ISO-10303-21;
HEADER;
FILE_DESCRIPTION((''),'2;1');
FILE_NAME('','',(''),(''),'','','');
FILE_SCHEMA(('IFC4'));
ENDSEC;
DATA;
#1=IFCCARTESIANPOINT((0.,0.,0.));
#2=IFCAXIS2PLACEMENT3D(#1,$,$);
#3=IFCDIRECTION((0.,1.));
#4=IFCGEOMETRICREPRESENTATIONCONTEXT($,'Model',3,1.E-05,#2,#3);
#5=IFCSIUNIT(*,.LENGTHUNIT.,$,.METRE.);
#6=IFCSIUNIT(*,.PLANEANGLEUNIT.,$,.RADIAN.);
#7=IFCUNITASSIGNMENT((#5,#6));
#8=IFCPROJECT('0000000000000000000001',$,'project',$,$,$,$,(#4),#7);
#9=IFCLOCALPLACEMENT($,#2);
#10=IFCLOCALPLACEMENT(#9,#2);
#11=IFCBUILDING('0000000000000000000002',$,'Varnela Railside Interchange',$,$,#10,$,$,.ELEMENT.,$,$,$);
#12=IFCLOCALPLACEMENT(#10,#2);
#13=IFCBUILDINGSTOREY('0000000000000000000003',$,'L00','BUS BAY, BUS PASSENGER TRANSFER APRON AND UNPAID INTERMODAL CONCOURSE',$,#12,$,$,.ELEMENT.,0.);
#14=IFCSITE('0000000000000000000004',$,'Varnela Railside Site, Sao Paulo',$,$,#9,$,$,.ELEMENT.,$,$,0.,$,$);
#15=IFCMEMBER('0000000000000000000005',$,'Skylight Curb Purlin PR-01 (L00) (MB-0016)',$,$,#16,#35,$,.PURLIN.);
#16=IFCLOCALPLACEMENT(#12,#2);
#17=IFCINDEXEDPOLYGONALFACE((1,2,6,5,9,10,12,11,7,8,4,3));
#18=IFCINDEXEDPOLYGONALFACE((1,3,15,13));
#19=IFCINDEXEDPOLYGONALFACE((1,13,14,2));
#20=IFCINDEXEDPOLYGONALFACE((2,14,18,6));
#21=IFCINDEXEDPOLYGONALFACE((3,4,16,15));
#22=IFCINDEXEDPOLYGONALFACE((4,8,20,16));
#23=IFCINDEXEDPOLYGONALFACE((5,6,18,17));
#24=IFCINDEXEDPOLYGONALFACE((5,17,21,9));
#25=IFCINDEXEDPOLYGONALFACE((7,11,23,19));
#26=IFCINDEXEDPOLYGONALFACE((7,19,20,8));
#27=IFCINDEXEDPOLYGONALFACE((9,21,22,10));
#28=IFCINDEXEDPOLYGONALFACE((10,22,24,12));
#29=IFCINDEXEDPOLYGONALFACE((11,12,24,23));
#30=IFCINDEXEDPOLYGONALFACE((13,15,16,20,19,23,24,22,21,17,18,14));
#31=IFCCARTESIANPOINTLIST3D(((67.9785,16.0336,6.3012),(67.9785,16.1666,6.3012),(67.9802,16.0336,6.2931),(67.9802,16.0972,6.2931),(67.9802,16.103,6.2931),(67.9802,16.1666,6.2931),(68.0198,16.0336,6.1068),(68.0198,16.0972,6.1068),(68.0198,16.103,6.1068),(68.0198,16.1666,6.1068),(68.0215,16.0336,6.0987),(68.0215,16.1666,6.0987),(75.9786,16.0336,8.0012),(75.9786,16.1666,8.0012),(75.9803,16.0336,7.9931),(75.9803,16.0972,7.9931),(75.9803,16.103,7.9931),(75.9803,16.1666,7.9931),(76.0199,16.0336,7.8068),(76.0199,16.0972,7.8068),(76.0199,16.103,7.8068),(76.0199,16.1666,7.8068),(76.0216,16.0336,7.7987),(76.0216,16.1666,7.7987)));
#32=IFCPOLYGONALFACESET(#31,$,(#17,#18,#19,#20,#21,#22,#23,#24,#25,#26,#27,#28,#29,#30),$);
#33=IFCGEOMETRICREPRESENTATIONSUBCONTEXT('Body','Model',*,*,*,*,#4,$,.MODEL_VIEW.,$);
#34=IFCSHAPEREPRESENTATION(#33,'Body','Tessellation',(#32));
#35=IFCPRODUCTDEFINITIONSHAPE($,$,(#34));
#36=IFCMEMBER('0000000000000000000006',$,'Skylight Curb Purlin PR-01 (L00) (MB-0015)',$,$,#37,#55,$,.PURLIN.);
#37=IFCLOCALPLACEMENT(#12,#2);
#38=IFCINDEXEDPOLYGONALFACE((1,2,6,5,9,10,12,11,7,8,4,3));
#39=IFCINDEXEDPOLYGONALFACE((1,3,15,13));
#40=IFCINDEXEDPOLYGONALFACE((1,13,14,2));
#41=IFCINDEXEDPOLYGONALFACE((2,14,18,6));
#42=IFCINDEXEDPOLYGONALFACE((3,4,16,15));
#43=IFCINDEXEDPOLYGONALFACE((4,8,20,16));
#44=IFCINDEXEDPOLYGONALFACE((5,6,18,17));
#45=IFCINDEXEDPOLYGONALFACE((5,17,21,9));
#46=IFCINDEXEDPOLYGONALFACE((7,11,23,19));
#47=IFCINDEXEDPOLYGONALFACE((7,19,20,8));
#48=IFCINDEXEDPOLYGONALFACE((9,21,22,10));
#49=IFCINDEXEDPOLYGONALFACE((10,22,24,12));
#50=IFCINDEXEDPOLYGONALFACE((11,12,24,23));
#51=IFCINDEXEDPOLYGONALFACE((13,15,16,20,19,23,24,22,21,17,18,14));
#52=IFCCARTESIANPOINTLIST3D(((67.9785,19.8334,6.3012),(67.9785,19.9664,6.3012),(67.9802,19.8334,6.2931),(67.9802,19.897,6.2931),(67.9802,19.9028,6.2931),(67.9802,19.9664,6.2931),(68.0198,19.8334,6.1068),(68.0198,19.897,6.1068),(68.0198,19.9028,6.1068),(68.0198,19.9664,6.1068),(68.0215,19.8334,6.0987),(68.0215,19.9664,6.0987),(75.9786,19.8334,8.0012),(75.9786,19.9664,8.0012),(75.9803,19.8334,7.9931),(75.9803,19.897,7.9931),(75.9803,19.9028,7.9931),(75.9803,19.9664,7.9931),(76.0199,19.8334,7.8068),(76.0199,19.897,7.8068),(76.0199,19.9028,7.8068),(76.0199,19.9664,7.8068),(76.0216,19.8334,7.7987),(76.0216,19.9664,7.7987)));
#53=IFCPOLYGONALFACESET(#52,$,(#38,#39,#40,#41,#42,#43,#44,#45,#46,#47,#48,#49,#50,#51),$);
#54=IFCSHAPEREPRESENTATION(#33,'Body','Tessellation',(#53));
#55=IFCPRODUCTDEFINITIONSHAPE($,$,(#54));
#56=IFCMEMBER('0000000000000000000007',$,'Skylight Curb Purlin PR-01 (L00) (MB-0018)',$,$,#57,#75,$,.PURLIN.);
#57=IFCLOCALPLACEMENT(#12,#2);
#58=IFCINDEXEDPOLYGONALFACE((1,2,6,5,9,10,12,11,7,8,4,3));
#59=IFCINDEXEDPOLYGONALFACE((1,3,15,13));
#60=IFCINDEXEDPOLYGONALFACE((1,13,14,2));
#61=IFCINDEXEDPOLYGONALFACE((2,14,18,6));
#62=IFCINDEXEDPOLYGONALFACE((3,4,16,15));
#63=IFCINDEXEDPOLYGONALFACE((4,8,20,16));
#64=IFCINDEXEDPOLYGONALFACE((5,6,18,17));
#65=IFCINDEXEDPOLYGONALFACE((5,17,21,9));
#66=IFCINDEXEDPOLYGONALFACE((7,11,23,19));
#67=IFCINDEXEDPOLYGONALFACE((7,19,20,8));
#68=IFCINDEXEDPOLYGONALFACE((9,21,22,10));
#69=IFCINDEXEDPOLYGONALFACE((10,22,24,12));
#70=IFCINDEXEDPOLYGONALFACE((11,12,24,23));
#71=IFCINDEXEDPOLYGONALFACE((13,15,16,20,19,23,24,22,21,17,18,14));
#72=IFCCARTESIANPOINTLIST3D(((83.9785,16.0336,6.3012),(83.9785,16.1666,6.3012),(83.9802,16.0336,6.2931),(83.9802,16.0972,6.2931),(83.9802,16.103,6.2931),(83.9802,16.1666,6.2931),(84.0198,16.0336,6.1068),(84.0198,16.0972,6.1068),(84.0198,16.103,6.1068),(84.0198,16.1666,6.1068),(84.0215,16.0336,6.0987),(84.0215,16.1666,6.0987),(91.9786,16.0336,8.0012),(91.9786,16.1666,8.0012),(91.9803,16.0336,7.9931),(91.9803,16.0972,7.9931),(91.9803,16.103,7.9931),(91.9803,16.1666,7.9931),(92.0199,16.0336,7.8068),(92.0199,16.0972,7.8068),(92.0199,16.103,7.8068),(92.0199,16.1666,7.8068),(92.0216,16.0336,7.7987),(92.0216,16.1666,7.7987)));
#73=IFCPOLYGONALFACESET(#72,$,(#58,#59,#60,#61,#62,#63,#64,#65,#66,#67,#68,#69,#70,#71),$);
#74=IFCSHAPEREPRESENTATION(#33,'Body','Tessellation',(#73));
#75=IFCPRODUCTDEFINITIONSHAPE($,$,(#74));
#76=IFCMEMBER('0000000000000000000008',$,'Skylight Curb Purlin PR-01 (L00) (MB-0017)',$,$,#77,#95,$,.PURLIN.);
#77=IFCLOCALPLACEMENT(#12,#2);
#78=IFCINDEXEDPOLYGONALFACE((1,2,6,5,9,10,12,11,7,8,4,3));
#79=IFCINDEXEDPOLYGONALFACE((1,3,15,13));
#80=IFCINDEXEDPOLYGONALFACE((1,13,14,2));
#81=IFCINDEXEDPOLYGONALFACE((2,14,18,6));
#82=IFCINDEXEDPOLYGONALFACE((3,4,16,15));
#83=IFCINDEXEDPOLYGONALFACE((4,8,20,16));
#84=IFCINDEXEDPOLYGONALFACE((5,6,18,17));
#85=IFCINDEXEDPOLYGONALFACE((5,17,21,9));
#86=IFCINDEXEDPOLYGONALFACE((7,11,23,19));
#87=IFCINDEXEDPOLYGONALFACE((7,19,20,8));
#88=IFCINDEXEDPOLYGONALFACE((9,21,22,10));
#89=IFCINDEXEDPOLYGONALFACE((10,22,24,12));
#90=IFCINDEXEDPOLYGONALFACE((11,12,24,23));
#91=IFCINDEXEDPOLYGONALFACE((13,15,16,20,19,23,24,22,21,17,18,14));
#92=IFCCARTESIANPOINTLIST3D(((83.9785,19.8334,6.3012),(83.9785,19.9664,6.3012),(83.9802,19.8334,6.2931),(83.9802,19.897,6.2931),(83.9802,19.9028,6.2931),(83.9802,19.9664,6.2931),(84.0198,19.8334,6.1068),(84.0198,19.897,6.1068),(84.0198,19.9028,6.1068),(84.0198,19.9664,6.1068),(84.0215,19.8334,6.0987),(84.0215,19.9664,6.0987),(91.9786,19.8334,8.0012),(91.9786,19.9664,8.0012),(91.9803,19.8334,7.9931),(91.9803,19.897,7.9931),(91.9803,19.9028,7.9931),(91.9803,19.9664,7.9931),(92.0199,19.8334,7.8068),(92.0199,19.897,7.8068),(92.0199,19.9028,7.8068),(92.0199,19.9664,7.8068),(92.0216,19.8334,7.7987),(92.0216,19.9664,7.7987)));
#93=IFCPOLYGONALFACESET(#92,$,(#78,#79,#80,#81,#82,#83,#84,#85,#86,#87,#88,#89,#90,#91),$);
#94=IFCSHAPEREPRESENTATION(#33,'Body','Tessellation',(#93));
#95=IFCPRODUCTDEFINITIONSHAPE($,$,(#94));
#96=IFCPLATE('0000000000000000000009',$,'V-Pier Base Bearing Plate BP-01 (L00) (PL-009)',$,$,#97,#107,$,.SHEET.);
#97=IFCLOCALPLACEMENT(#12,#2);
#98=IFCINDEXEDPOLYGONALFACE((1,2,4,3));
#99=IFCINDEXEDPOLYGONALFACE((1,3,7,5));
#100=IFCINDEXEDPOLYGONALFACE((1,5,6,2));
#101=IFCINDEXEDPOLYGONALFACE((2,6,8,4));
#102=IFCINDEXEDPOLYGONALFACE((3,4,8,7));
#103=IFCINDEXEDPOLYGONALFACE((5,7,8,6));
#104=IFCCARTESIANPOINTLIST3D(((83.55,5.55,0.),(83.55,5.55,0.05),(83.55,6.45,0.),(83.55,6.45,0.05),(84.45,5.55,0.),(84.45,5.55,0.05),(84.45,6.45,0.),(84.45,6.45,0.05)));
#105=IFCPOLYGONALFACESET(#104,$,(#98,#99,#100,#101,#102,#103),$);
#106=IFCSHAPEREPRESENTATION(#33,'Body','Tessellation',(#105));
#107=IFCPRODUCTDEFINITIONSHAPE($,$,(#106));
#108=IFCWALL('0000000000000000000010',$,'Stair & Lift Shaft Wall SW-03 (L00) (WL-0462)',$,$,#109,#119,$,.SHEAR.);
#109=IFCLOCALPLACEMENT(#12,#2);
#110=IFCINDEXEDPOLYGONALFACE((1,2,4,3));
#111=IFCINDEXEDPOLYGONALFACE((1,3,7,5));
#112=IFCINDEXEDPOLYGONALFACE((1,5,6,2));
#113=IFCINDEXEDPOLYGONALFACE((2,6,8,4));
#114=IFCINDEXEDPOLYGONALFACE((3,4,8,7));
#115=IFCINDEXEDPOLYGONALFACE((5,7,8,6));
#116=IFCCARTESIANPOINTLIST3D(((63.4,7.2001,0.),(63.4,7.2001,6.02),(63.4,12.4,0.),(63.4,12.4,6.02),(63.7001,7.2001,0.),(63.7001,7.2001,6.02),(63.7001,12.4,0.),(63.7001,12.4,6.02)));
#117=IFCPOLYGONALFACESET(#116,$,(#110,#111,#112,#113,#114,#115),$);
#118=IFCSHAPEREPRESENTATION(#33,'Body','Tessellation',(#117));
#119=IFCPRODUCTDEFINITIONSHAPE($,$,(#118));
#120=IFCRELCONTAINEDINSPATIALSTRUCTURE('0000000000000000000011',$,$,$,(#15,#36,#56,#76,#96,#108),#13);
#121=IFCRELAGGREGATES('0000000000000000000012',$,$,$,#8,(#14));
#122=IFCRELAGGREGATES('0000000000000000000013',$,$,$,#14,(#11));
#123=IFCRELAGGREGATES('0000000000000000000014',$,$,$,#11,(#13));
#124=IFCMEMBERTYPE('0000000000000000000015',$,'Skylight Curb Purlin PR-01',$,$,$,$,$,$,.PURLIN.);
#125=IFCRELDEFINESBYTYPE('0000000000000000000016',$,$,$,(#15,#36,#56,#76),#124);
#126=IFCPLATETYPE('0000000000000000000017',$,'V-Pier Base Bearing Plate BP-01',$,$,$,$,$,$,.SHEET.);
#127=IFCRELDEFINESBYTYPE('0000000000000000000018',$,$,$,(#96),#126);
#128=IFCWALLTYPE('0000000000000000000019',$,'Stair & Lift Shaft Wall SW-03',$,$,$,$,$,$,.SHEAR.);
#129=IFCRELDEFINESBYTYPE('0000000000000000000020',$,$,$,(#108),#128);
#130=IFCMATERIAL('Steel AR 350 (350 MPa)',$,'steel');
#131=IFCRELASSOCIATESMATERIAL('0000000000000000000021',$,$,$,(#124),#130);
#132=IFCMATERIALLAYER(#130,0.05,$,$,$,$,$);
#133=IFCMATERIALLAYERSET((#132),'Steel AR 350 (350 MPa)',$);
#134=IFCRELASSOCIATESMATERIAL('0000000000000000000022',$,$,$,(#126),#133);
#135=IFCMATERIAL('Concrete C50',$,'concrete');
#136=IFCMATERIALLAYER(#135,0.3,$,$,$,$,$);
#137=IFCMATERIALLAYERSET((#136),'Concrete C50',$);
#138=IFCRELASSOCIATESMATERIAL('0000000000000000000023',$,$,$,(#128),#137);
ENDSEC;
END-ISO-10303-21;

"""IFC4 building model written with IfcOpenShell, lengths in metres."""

from ifc_helpers import new_model, si_unit, direction, frame, frame_2d, origin, origin_2d, place, context, subcontext, project, spatial, rectangle, i_section, extrude, material, layer, layer_set, material_profile, profile_set, type_object, element, save


model = new_model("IFC4")

# Units and contexts
model_context = context("Model", 3, precision=1e-05, world=origin(), true_north=direction((0.0, 1.0)))
body_context = subcontext(model_context, "Body", "Model", "MODEL_VIEW")
ifc_project = project(units=[si_unit("LENGTHUNIT", "METRE"), si_unit("PLANEANGLEUNIT", "RADIAN")], contexts=[model_context])

# Site, building, storey
site_placement = place(None, origin())
site = spatial("IfcSite", under=ifc_project, at=site_placement, Name="Varnela Railside Site, Sao Paulo", CompositionType="ELEMENT", RefElevation=0.0)
building_placement = place(site_placement, origin())
building = spatial("IfcBuilding", under=site, at=building_placement, Name="Varnela Railside Interchange", CompositionType="ELEMENT")
storey_placement = place(building_placement, origin())
storey = spatial("IfcBuildingStorey", under=building, at=storey_placement, Name="L00", Description="BUS BAY, BUS PASSENGER TRANSFER APRON AND UNPAID INTERMODAL CONCOURSE", CompositionType="ELEMENT", Elevation=0.0)

# Shared definitions
ifc_material_1 = material(Name="Concrete C50", Category="concrete")

# Shared definitions
ifc_material_2 = material(Name="Steel AR 350 (350 MPa)", Category="steel")

# Members
ifc_material_profile_1 = material_profile(ifc_material_2, i_section(OverallWidth=0.1331, OverallDepth=0.207, WebThickness=0.0059, FlangeThickness=0.0083, at=origin_2d()), Name="W200x26.6")
ifc_profile_set_1 = profile_set([ifc_material_profile_1], Name="Steel AR 350 (350 MPa)")
member_type_1 = type_object("IfcMemberType", Name="Skylight Curb Purlin PR-01", PredefinedType="PURLIN", material=ifc_profile_set_1)
for number, where, z_axis, x_axis, name in (
    (1, (68.0, 16.1001, 6.2), (0.97816, 0.0, 0.207853), (0.0, 1.0, 0.0), "Skylight Curb Purlin PR-01 (L00) (MB-0016)"),
    (2, (68.0, 19.8999, 6.2), (0.97816, 0.0, 0.207853), (0.0, 1.0, 0.0), "Skylight Curb Purlin PR-01 (L00) (MB-0015)"),
    (3, (84.0, 16.1001, 6.2), (0.97816, 0.0, 0.207853), (0.0, 1.0, 0.0), "Skylight Curb Purlin PR-01 (L00) (MB-0018)"),
    (4, (84.0, 19.8999, 6.2), (0.97816, 0.0, 0.207853), (0.0, 1.0, 0.0), "Skylight Curb Purlin PR-01 (L00) (MB-0017)"),
):
    element("IfcMember", number, at=place(storey_placement, frame(where, z_axis=z_axis, x_axis=x_axis)), inside=storey, type_object=member_type_1, Name=name, PredefinedType="PURLIN", context=body_context, shape_type="SweptSolid", body=[
        extrude(i_section(OverallWidth=0.1331, OverallDepth=0.207, WebThickness=0.0059, FlangeThickness=0.0083, at=origin_2d()), origin(), (0.0, 0.0, 1.0), 8.1787),
    ])

# Plate
ifc_layer_1 = layer(ifc_material_2, 0.05)
ifc_layer_set_1 = layer_set([ifc_layer_1], Name="Steel AR 350 (350 MPa)")
plate_type = type_object("IfcPlateType", Name="V-Pier Base Bearing Plate BP-01", PredefinedType="SHEET", material=ifc_layer_set_1)
plate_placement = place(storey_placement, frame((84.0, 6.0, 0.0), z_axis=(0.0, 0.0, 1.0), x_axis=(1.0, 0.0, 0.0)))
element("IfcPlate", 5, at=plate_placement, inside=storey, type_object=plate_type, Name="V-Pier Base Bearing Plate BP-01 (L00) (PL-009)", PredefinedType="SHEET", context=body_context, shape_type="SweptSolid", body=[
    extrude(rectangle(XDim=0.8999, YDim=0.8999, at=origin_2d()), origin(), (0.0, 0.0, 1.0), 0.05),
])

# Wall
ifc_layer_2 = layer(ifc_material_1, 0.3)
ifc_layer_set_2 = layer_set([ifc_layer_2], Name="Concrete C50")
wall_type_1 = type_object("IfcWallType", Name="Stair & Lift Shaft Wall SW-03", PredefinedType="SHEAR", material=ifc_layer_set_2)
wall_1_placement = place(storey_placement, frame((63.55, 7.2, 0.0), z_axis=(0.0, 0.0, 1.0), x_axis=(0.0, 1.0, 0.0)))
element("IfcWall", 6, at=wall_1_placement, inside=storey, type_object=wall_type_1, Name="Stair & Lift Shaft Wall SW-03 (L00) (WL-0462)", PredefinedType="SHEAR", context=body_context, shape_type="SweptSolid", body=[
    extrude(rectangle(XDim=5.2, YDim=0.3, at=frame_2d((2.6001, 0.0))), origin(), (0.0, 0.0, 1.0), 6.02),
])

save(model, "model.ifc")
